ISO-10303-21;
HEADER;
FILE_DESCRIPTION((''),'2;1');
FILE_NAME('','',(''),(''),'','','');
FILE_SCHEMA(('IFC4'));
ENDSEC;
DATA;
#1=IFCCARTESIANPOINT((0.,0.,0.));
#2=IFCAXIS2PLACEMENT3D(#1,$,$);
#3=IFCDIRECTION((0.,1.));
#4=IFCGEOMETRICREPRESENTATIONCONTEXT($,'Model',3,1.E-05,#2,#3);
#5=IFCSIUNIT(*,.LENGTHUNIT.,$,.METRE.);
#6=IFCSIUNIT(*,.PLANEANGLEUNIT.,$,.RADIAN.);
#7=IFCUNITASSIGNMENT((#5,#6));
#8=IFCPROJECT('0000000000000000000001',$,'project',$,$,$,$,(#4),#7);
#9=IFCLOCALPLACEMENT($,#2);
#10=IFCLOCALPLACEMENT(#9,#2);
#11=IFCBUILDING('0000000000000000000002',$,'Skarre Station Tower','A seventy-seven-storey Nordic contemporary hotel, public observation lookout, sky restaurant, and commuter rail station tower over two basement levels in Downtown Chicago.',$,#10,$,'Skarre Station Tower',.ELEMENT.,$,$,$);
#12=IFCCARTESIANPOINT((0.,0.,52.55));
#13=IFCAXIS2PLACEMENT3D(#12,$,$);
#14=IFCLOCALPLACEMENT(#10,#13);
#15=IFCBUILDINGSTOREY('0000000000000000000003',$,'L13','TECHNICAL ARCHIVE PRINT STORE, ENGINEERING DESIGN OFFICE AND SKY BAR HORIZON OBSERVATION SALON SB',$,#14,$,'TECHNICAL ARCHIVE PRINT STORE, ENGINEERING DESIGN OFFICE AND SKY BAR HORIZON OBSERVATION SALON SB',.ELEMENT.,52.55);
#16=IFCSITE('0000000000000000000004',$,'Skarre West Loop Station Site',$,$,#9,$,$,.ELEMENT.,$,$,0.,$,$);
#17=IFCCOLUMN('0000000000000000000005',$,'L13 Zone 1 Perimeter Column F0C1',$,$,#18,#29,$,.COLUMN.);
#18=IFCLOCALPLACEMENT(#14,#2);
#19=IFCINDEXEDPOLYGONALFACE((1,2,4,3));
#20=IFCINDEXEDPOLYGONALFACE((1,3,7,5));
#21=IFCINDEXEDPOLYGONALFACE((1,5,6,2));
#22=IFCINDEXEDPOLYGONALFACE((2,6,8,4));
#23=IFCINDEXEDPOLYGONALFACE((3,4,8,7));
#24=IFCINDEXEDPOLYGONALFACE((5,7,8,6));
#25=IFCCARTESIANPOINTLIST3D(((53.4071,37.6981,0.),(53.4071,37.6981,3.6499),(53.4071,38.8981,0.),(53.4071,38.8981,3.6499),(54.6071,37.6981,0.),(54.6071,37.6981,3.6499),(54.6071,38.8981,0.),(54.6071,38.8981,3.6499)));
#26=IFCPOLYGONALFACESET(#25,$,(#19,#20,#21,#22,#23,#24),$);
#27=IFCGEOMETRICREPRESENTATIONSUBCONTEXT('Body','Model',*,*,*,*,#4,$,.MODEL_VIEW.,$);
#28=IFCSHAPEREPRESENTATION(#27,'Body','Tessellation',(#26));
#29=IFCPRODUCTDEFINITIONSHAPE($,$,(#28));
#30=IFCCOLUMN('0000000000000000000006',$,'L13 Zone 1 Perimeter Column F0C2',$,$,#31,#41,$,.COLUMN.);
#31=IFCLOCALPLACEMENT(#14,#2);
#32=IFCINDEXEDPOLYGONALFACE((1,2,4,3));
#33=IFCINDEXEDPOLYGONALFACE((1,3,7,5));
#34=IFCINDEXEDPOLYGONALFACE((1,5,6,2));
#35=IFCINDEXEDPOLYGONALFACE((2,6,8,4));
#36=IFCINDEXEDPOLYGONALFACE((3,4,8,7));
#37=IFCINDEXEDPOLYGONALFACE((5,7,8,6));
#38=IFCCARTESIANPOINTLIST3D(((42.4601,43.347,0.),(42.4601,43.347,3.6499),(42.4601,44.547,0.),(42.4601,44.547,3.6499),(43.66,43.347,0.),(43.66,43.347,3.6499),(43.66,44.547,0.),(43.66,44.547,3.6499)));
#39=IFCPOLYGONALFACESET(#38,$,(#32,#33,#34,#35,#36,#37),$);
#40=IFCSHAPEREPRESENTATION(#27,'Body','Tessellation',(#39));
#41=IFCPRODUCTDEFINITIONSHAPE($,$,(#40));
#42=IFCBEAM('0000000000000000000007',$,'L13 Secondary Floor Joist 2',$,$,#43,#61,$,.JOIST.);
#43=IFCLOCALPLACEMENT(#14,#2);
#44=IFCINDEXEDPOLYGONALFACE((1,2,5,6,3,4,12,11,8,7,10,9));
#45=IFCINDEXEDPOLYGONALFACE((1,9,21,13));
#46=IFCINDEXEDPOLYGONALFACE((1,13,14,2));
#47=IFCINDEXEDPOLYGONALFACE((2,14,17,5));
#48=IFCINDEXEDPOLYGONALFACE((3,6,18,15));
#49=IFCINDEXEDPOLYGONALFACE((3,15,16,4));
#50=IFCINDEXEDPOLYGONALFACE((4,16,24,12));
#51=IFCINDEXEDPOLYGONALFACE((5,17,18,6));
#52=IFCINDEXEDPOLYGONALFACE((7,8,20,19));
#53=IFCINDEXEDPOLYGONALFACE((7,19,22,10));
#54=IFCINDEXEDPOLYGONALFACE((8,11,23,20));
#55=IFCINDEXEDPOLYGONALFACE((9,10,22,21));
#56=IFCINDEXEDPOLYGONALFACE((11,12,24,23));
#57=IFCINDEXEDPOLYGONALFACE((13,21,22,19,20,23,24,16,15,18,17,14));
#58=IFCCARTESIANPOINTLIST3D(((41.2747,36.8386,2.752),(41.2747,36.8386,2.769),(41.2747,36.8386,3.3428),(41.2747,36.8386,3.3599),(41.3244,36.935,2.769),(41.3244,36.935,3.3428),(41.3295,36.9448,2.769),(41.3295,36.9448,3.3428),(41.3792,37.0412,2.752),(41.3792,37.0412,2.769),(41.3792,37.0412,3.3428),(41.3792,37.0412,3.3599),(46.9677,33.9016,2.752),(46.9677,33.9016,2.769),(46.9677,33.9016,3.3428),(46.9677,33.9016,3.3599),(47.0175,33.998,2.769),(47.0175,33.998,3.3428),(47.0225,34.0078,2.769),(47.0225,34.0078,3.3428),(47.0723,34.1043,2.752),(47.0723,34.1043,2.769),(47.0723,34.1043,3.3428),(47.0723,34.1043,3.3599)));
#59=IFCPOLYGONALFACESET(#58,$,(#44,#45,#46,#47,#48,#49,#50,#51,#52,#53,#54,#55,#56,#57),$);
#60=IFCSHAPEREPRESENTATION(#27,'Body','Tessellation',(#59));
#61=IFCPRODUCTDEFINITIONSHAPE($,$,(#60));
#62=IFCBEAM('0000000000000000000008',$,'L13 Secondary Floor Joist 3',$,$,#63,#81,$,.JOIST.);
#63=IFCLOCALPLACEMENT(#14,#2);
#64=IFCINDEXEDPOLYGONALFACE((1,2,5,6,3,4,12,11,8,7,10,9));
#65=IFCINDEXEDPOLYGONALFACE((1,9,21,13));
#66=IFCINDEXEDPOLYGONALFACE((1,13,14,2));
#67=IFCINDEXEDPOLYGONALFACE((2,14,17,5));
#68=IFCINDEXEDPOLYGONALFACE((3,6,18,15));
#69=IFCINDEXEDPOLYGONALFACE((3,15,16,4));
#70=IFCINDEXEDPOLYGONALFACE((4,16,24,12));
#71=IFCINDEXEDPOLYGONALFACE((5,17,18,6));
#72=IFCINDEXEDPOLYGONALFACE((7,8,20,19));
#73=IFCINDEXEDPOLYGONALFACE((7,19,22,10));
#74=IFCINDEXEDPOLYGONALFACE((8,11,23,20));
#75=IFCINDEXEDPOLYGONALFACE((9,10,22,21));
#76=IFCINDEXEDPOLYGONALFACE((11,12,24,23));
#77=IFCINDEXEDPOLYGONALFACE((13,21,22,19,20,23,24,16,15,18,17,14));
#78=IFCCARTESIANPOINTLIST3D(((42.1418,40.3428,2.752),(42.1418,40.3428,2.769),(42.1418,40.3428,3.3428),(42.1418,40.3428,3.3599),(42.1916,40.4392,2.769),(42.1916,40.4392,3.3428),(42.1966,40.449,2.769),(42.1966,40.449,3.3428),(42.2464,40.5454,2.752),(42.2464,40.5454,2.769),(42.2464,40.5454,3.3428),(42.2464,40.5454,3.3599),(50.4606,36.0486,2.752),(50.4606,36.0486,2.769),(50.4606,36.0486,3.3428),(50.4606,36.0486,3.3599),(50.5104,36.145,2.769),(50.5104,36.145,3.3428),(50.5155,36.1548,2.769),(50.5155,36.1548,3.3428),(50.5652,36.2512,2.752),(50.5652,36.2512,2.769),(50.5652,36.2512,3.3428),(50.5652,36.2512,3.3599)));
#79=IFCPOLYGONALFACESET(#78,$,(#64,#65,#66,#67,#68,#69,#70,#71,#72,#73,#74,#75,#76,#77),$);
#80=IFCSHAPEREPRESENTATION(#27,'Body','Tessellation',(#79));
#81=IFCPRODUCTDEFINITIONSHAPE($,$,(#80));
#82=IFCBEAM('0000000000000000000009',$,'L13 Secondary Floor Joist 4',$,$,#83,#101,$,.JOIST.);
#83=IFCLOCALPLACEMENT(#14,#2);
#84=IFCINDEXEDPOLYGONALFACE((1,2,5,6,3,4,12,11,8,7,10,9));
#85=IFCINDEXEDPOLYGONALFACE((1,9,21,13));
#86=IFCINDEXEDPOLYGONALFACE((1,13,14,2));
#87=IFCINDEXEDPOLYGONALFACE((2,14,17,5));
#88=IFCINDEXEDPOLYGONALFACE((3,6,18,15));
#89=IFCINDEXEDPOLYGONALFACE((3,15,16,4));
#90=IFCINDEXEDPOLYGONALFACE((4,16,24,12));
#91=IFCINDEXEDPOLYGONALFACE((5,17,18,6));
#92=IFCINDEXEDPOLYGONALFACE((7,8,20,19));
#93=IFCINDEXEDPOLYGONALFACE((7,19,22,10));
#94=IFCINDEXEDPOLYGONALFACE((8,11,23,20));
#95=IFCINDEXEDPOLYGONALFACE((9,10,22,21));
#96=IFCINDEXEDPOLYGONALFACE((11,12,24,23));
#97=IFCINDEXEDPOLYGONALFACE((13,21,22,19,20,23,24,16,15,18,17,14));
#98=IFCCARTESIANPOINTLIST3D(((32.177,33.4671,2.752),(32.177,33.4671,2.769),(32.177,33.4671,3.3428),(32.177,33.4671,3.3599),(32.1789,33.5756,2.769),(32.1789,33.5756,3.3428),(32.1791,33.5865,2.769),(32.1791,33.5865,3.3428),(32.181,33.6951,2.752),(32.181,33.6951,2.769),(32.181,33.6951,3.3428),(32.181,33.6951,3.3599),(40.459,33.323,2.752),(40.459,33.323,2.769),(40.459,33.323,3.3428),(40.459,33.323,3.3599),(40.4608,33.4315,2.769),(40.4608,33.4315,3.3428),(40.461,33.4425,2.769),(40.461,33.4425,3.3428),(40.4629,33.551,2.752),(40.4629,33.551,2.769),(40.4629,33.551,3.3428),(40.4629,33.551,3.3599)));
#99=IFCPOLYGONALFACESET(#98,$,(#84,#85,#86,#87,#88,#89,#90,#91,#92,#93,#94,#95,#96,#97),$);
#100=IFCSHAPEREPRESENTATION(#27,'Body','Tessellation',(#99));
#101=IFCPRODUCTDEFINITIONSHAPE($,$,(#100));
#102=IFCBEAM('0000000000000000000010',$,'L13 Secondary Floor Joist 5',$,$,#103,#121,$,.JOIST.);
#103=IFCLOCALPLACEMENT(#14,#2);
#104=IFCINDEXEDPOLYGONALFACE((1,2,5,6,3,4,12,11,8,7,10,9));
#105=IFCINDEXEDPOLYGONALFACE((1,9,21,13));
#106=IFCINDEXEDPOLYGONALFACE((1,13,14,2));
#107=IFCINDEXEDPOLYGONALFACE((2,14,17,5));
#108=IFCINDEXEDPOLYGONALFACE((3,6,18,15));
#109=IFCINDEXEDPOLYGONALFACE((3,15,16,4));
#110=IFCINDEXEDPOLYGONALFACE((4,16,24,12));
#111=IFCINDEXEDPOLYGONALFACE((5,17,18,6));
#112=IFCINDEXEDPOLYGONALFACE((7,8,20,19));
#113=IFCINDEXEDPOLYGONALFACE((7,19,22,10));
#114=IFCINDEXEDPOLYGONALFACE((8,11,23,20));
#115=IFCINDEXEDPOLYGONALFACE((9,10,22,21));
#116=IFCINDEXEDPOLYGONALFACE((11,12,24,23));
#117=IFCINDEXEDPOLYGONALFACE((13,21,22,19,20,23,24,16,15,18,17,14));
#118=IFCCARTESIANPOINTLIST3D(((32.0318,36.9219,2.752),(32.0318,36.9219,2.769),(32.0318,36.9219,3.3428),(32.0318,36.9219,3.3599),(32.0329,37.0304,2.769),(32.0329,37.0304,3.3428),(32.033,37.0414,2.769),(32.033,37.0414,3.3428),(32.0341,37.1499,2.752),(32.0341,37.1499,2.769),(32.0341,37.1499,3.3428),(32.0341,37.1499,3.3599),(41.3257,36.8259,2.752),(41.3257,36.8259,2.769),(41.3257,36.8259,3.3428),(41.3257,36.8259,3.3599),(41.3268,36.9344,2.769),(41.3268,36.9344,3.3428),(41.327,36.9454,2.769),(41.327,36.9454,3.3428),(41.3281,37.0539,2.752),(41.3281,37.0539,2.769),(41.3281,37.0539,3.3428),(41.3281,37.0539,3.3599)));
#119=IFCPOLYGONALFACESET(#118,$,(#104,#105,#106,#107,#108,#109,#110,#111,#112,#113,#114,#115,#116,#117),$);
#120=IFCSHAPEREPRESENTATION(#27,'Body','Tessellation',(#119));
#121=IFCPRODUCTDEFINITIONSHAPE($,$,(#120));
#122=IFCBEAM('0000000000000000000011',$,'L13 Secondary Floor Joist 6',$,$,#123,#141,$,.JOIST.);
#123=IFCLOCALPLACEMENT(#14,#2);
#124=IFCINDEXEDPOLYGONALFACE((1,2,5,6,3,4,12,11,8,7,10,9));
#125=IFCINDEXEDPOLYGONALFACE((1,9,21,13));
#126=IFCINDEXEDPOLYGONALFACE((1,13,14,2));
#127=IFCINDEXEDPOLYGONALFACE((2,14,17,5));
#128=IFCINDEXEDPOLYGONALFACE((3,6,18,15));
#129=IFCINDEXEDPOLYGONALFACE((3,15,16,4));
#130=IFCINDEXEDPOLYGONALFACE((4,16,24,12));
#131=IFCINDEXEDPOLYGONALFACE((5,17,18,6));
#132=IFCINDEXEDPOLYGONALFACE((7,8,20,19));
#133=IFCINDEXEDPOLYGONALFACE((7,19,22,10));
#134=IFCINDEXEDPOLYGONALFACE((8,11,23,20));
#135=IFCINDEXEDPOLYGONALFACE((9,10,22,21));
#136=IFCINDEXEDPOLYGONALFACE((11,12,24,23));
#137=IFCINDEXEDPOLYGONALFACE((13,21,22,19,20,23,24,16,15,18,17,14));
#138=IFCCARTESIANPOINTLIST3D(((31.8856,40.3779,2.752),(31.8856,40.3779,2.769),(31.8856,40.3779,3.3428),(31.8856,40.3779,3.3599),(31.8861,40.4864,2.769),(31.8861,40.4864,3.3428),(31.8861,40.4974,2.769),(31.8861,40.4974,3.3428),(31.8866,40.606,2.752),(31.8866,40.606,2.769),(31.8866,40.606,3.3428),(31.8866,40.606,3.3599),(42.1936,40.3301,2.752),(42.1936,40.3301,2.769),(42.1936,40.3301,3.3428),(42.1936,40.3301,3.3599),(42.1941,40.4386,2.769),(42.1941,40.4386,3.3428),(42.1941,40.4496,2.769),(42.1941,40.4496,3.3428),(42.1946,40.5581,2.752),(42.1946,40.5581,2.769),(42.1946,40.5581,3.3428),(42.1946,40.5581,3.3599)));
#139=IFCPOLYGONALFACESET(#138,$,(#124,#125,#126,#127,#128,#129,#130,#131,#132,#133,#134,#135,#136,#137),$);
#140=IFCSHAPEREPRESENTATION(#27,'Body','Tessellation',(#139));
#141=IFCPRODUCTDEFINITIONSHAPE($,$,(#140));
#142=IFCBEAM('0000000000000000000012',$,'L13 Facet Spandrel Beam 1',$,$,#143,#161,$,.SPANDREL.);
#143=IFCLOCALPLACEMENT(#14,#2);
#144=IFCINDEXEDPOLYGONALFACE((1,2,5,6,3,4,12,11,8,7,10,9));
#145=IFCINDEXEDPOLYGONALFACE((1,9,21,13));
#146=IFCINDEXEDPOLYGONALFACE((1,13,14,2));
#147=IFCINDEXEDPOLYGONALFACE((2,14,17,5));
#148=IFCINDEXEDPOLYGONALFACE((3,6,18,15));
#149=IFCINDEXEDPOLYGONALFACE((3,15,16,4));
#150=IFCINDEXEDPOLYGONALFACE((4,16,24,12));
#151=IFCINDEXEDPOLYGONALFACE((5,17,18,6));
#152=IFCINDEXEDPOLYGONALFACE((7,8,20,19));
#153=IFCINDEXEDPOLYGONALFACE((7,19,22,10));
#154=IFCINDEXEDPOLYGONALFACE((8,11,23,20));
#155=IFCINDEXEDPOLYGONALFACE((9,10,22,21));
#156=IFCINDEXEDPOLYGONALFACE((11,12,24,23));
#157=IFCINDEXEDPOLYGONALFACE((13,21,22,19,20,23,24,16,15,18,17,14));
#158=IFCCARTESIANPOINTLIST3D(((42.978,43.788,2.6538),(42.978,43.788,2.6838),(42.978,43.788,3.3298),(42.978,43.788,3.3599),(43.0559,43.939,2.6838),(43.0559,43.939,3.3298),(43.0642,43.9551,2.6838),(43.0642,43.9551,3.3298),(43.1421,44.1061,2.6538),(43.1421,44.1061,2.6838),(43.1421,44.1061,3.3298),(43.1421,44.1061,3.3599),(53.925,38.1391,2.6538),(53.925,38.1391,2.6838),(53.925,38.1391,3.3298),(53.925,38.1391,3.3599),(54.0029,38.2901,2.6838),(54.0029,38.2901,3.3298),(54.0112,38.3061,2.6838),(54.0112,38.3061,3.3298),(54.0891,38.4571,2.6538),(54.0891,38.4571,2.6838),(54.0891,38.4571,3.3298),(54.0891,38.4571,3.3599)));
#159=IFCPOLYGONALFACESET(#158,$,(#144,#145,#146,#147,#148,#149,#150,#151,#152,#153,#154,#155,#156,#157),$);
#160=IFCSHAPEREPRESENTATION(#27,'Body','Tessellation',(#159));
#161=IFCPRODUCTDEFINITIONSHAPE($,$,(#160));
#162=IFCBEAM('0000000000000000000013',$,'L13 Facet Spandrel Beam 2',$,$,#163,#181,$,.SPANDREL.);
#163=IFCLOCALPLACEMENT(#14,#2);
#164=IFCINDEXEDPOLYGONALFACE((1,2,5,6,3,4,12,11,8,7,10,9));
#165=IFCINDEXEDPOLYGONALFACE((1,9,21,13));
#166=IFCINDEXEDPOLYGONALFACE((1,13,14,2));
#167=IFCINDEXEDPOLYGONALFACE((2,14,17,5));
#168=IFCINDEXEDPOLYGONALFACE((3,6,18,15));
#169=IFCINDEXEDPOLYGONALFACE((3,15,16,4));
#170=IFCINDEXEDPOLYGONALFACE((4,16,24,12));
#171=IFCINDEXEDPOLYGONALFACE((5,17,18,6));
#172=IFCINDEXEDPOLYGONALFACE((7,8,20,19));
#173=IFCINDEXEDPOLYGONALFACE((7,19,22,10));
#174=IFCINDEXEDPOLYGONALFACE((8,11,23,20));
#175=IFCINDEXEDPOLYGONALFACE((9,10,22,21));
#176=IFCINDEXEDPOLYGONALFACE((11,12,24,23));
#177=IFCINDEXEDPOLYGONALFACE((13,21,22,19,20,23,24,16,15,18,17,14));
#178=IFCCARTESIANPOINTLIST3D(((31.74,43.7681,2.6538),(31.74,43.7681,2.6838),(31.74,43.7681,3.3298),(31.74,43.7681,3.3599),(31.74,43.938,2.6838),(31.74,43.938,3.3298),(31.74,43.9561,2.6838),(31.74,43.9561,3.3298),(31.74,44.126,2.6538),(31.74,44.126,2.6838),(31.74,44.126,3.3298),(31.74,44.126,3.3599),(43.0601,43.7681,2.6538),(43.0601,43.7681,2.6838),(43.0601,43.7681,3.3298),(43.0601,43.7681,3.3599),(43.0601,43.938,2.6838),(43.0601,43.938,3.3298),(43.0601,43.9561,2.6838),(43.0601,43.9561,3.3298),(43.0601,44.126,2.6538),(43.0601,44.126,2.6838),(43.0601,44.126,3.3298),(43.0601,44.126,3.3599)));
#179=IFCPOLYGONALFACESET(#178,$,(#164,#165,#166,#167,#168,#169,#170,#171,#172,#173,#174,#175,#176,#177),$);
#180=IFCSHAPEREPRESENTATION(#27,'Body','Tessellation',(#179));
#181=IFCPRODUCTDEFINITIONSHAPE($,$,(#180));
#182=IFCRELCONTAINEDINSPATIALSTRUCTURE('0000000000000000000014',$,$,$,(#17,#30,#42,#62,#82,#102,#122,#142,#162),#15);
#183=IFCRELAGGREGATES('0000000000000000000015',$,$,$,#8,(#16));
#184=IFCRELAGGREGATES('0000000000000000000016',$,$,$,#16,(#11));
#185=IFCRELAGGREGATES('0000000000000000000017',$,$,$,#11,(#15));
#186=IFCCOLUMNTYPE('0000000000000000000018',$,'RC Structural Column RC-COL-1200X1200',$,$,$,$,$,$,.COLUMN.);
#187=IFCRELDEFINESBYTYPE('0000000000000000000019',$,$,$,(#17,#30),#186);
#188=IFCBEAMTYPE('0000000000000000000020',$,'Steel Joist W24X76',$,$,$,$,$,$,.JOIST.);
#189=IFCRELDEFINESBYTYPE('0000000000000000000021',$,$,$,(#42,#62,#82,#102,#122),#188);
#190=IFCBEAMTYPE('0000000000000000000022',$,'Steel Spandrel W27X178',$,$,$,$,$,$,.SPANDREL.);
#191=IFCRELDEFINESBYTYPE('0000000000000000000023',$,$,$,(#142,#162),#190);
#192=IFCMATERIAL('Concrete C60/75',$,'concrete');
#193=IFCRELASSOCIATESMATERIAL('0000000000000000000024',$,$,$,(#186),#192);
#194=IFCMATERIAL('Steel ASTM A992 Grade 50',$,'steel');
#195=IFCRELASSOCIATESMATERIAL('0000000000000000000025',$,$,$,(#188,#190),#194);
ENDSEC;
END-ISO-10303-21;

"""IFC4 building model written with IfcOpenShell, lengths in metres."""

from ifc_helpers import new_model, si_unit, direction, frame, origin, origin_2d, place, context, subcontext, project, spatial, rectangle, i_section, extrude, material, material_profile, profile_set, type_object, element, save


model = new_model("IFC4")

# Units and contexts
model_context = context("Model", 3, precision=1e-05, world=origin(), true_north=direction((0.0, 1.0)))
body_context = subcontext(model_context, "Body", "Model", "MODEL_VIEW")
ifc_project = project(units=[si_unit("LENGTHUNIT", "METRE"), si_unit("PLANEANGLEUNIT", "RADIAN")], contexts=[model_context])

# Site, building, storey
site_placement = place(None, origin())
site = spatial("IfcSite", under=ifc_project, at=site_placement, Name="Skarre West Loop Station Site", CompositionType="ELEMENT", RefElevation=0.0)
building_placement = place(site_placement, origin())
building = spatial("IfcBuilding", under=site, at=building_placement, Name="Skarre Station Tower", Description="A seventy-seven-storey Nordic contemporary hotel, public observation lookout, sky restaurant, and commuter rail station tower over two basement levels in Downtown Chicago.", LongName="Skarre Station Tower", CompositionType="ELEMENT")
storey_placement = place(building_placement, frame((0.0, 0.0, 52.55)))
storey = spatial("IfcBuildingStorey", under=building, at=storey_placement, Name="L13", Description="TECHNICAL ARCHIVE PRINT STORE, ENGINEERING DESIGN OFFICE AND SKY BAR HORIZON OBSERVATION SALON SB", LongName="TECHNICAL ARCHIVE PRINT STORE, ENGINEERING DESIGN OFFICE AND SKY BAR HORIZON OBSERVATION SALON SB", CompositionType="ELEMENT", Elevation=52.55)

# Columns
ifc_material_1 = material(Name="Concrete C60/75", Category="concrete")
ifc_material_profile_1 = material_profile(ifc_material_1, rectangle(XDim=1.2, YDim=1.2, at=origin_2d()), Name="Concrete C60/75")
ifc_profile_set_1 = profile_set([ifc_material_profile_1], Name="Concrete C60/75")
column_type = type_object("IfcColumnType", Name="RC Structural Column RC-COL-1200X1200", PredefinedType="COLUMN", material=ifc_profile_set_1)
for number, where, z_axis, x_axis, name in (
    (1, (54.0071, 38.2981, 0.0), (0.0, 0.0, 1.0), (1.0, 0.0, 0.0), "L13 Zone 1 Perimeter Column F0C1"),
    (2, (43.0601, 43.947, 0.0), (0.0, 0.0, 1.0), (1.0, 0.0, 0.0), "L13 Zone 1 Perimeter Column F0C2"),
):
    element("IfcColumn", number, at=place(storey_placement, frame(where, z_axis=z_axis, x_axis=x_axis)), inside=storey, type_object=column_type, Name=name, PredefinedType="COLUMN", context=body_context, shape_type="SweptSolid", body=[
        extrude(rectangle(XDim=1.2, YDim=1.2, at=origin_2d()), origin(), (0.0, 0.0, 1.0), 3.6499),
    ])

# Beams
ifc_material_2 = material(Name="Steel ASTM A992 Grade 50", Category="steel")
ifc_material_profile_2 = material_profile(ifc_material_2, i_section(OverallWidth=0.228, OverallDepth=0.6079, WebThickness=0.011, FlangeThickness=0.0171, at=origin_2d()), Name="Steel ASTM A992 Grade 50")
ifc_profile_set_2 = profile_set([ifc_material_profile_2], Name="Steel ASTM A992 Grade 50")
beam_type_1 = type_object("IfcBeamType", Name="Steel Joist W24X76", PredefinedType="JOIST", material=ifc_profile_set_2)
beam_1_placement = place(storey_placement, frame((47.02, 34.0029, 3.0559), z_axis=(-0.888708, 0.458474, 0.0), x_axis=(-0.458474, -0.888708, 0.0)))
element("IfcBeam", 3, at=beam_1_placement, inside=storey, type_object=beam_type_1, Name="L13 Secondary Floor Joist 2", PredefinedType="JOIST", context=body_context, shape_type="SweptSolid", body=[
    extrude(i_section(OverallWidth=0.228, OverallDepth=0.6079, WebThickness=0.011, FlangeThickness=0.0171, at=origin_2d()), origin(), (0.0, 0.0, 1.0), 6.406),
])
beam_2_placement = place(storey_placement, frame((50.5129, 36.1499, 3.0559), z_axis=(-0.888595, 0.458693, 0.0), x_axis=(-0.458693, -0.888595, 0.0)))
element("IfcBeam", 4, at=beam_2_placement, inside=storey, type_object=beam_type_1, Name="L13 Secondary Floor Joist 3", PredefinedType="JOIST", context=body_context, shape_type="SweptSolid", body=[
    extrude(i_section(OverallWidth=0.228, OverallDepth=0.6079, WebThickness=0.011, FlangeThickness=0.0171, at=origin_2d()), origin(), (0.0, 0.0, 1.0), 9.3618),
])
beam_3_placement = place(storey_placement, frame((40.4609, 33.437, 3.0559), z_axis=(-0.999849, 0.01739, 0.0), x_axis=(-0.01739, -0.999849, 0.0)))
element("IfcBeam", 5, at=beam_3_placement, inside=storey, type_object=beam_type_1, Name="L13 Secondary Floor Joist 4", PredefinedType="JOIST", context=body_context, shape_type="SweptSolid", body=[
    extrude(i_section(OverallWidth=0.228, OverallDepth=0.6079, WebThickness=0.011, FlangeThickness=0.0171, at=origin_2d()), origin(), (0.0, 0.0, 1.0), 8.2832),
])
beam_4_placement = place(storey_placement, frame((41.3269, 36.9399, 3.0559), z_axis=(-0.999947, 0.010323, 0.0), x_axis=(-0.010323, -0.999947, 0.0)))
element("IfcBeam", 6, at=beam_4_placement, inside=storey, type_object=beam_type_1, Name="L13 Secondary Floor Joist 5", PredefinedType="JOIST", context=body_context, shape_type="SweptSolid", body=[
    extrude(i_section(OverallWidth=0.228, OverallDepth=0.6079, WebThickness=0.011, FlangeThickness=0.0171, at=origin_2d()), origin(), (0.0, 0.0, 1.0), 9.2944),
])
beam_5_placement = place(storey_placement, frame((42.1941, 40.4441, 3.0559), z_axis=(-0.999989, 0.004642, 0.0), x_axis=(-0.004642, -0.999989, 0.0)))
element("IfcBeam", 7, at=beam_5_placement, inside=storey, type_object=beam_type_1, Name="L13 Secondary Floor Joist 6", PredefinedType="JOIST", context=body_context, shape_type="SweptSolid", body=[
    extrude(i_section(OverallWidth=0.228, OverallDepth=0.6079, WebThickness=0.011, FlangeThickness=0.0171, at=origin_2d()), origin(), (0.0, 0.0, 1.0), 10.3081),
])
ifc_material_profile_3 = material_profile(ifc_material_2, i_section(OverallWidth=0.3579, OverallDepth=0.7061, WebThickness=0.0181, FlangeThickness=0.03, at=origin_2d()), Name="Steel ASTM A992 Grade 50")
ifc_profile_set_3 = profile_set([ifc_material_profile_3], Name="Steel ASTM A992 Grade 50")
beam_type_2 = type_object("IfcBeamType", Name="Steel Spandrel W27X178", PredefinedType="SPANDREL", material=ifc_profile_set_3)
beam_6_placement = place(storey_placement, frame((54.0071, 38.2981, 3.0068), z_axis=(-0.888659, 0.458569, 0.0), x_axis=(-0.458569, -0.888659, 0.0)))
element("IfcBeam", 8, at=beam_6_placement, inside=storey, type_object=beam_type_2, Name="L13 Facet Spandrel Beam 1", PredefinedType="SPANDREL", context=body_context, shape_type="SweptSolid", body=[
    extrude(i_section(OverallWidth=0.3579, OverallDepth=0.7061, WebThickness=0.0181, FlangeThickness=0.03, at=origin_2d()), origin(), (0.0, 0.0, 1.0), 12.3186),
])
beam_7_placement = place(storey_placement, frame((43.0601, 43.947, 3.0068), z_axis=(-1.0, 0.0, 0.0), x_axis=(0.0, -1.0, 0.0)))
element("IfcBeam", 9, at=beam_7_placement, inside=storey, type_object=beam_type_2, Name="L13 Facet Spandrel Beam 2", PredefinedType="SPANDREL", context=body_context, shape_type="SweptSolid", body=[
    extrude(i_section(OverallWidth=0.3579, OverallDepth=0.7061, WebThickness=0.0181, FlangeThickness=0.03, at=origin_2d()), origin(), (0.0, 0.0, 1.0), 11.3201),
])

save(model, "model.ifc")
